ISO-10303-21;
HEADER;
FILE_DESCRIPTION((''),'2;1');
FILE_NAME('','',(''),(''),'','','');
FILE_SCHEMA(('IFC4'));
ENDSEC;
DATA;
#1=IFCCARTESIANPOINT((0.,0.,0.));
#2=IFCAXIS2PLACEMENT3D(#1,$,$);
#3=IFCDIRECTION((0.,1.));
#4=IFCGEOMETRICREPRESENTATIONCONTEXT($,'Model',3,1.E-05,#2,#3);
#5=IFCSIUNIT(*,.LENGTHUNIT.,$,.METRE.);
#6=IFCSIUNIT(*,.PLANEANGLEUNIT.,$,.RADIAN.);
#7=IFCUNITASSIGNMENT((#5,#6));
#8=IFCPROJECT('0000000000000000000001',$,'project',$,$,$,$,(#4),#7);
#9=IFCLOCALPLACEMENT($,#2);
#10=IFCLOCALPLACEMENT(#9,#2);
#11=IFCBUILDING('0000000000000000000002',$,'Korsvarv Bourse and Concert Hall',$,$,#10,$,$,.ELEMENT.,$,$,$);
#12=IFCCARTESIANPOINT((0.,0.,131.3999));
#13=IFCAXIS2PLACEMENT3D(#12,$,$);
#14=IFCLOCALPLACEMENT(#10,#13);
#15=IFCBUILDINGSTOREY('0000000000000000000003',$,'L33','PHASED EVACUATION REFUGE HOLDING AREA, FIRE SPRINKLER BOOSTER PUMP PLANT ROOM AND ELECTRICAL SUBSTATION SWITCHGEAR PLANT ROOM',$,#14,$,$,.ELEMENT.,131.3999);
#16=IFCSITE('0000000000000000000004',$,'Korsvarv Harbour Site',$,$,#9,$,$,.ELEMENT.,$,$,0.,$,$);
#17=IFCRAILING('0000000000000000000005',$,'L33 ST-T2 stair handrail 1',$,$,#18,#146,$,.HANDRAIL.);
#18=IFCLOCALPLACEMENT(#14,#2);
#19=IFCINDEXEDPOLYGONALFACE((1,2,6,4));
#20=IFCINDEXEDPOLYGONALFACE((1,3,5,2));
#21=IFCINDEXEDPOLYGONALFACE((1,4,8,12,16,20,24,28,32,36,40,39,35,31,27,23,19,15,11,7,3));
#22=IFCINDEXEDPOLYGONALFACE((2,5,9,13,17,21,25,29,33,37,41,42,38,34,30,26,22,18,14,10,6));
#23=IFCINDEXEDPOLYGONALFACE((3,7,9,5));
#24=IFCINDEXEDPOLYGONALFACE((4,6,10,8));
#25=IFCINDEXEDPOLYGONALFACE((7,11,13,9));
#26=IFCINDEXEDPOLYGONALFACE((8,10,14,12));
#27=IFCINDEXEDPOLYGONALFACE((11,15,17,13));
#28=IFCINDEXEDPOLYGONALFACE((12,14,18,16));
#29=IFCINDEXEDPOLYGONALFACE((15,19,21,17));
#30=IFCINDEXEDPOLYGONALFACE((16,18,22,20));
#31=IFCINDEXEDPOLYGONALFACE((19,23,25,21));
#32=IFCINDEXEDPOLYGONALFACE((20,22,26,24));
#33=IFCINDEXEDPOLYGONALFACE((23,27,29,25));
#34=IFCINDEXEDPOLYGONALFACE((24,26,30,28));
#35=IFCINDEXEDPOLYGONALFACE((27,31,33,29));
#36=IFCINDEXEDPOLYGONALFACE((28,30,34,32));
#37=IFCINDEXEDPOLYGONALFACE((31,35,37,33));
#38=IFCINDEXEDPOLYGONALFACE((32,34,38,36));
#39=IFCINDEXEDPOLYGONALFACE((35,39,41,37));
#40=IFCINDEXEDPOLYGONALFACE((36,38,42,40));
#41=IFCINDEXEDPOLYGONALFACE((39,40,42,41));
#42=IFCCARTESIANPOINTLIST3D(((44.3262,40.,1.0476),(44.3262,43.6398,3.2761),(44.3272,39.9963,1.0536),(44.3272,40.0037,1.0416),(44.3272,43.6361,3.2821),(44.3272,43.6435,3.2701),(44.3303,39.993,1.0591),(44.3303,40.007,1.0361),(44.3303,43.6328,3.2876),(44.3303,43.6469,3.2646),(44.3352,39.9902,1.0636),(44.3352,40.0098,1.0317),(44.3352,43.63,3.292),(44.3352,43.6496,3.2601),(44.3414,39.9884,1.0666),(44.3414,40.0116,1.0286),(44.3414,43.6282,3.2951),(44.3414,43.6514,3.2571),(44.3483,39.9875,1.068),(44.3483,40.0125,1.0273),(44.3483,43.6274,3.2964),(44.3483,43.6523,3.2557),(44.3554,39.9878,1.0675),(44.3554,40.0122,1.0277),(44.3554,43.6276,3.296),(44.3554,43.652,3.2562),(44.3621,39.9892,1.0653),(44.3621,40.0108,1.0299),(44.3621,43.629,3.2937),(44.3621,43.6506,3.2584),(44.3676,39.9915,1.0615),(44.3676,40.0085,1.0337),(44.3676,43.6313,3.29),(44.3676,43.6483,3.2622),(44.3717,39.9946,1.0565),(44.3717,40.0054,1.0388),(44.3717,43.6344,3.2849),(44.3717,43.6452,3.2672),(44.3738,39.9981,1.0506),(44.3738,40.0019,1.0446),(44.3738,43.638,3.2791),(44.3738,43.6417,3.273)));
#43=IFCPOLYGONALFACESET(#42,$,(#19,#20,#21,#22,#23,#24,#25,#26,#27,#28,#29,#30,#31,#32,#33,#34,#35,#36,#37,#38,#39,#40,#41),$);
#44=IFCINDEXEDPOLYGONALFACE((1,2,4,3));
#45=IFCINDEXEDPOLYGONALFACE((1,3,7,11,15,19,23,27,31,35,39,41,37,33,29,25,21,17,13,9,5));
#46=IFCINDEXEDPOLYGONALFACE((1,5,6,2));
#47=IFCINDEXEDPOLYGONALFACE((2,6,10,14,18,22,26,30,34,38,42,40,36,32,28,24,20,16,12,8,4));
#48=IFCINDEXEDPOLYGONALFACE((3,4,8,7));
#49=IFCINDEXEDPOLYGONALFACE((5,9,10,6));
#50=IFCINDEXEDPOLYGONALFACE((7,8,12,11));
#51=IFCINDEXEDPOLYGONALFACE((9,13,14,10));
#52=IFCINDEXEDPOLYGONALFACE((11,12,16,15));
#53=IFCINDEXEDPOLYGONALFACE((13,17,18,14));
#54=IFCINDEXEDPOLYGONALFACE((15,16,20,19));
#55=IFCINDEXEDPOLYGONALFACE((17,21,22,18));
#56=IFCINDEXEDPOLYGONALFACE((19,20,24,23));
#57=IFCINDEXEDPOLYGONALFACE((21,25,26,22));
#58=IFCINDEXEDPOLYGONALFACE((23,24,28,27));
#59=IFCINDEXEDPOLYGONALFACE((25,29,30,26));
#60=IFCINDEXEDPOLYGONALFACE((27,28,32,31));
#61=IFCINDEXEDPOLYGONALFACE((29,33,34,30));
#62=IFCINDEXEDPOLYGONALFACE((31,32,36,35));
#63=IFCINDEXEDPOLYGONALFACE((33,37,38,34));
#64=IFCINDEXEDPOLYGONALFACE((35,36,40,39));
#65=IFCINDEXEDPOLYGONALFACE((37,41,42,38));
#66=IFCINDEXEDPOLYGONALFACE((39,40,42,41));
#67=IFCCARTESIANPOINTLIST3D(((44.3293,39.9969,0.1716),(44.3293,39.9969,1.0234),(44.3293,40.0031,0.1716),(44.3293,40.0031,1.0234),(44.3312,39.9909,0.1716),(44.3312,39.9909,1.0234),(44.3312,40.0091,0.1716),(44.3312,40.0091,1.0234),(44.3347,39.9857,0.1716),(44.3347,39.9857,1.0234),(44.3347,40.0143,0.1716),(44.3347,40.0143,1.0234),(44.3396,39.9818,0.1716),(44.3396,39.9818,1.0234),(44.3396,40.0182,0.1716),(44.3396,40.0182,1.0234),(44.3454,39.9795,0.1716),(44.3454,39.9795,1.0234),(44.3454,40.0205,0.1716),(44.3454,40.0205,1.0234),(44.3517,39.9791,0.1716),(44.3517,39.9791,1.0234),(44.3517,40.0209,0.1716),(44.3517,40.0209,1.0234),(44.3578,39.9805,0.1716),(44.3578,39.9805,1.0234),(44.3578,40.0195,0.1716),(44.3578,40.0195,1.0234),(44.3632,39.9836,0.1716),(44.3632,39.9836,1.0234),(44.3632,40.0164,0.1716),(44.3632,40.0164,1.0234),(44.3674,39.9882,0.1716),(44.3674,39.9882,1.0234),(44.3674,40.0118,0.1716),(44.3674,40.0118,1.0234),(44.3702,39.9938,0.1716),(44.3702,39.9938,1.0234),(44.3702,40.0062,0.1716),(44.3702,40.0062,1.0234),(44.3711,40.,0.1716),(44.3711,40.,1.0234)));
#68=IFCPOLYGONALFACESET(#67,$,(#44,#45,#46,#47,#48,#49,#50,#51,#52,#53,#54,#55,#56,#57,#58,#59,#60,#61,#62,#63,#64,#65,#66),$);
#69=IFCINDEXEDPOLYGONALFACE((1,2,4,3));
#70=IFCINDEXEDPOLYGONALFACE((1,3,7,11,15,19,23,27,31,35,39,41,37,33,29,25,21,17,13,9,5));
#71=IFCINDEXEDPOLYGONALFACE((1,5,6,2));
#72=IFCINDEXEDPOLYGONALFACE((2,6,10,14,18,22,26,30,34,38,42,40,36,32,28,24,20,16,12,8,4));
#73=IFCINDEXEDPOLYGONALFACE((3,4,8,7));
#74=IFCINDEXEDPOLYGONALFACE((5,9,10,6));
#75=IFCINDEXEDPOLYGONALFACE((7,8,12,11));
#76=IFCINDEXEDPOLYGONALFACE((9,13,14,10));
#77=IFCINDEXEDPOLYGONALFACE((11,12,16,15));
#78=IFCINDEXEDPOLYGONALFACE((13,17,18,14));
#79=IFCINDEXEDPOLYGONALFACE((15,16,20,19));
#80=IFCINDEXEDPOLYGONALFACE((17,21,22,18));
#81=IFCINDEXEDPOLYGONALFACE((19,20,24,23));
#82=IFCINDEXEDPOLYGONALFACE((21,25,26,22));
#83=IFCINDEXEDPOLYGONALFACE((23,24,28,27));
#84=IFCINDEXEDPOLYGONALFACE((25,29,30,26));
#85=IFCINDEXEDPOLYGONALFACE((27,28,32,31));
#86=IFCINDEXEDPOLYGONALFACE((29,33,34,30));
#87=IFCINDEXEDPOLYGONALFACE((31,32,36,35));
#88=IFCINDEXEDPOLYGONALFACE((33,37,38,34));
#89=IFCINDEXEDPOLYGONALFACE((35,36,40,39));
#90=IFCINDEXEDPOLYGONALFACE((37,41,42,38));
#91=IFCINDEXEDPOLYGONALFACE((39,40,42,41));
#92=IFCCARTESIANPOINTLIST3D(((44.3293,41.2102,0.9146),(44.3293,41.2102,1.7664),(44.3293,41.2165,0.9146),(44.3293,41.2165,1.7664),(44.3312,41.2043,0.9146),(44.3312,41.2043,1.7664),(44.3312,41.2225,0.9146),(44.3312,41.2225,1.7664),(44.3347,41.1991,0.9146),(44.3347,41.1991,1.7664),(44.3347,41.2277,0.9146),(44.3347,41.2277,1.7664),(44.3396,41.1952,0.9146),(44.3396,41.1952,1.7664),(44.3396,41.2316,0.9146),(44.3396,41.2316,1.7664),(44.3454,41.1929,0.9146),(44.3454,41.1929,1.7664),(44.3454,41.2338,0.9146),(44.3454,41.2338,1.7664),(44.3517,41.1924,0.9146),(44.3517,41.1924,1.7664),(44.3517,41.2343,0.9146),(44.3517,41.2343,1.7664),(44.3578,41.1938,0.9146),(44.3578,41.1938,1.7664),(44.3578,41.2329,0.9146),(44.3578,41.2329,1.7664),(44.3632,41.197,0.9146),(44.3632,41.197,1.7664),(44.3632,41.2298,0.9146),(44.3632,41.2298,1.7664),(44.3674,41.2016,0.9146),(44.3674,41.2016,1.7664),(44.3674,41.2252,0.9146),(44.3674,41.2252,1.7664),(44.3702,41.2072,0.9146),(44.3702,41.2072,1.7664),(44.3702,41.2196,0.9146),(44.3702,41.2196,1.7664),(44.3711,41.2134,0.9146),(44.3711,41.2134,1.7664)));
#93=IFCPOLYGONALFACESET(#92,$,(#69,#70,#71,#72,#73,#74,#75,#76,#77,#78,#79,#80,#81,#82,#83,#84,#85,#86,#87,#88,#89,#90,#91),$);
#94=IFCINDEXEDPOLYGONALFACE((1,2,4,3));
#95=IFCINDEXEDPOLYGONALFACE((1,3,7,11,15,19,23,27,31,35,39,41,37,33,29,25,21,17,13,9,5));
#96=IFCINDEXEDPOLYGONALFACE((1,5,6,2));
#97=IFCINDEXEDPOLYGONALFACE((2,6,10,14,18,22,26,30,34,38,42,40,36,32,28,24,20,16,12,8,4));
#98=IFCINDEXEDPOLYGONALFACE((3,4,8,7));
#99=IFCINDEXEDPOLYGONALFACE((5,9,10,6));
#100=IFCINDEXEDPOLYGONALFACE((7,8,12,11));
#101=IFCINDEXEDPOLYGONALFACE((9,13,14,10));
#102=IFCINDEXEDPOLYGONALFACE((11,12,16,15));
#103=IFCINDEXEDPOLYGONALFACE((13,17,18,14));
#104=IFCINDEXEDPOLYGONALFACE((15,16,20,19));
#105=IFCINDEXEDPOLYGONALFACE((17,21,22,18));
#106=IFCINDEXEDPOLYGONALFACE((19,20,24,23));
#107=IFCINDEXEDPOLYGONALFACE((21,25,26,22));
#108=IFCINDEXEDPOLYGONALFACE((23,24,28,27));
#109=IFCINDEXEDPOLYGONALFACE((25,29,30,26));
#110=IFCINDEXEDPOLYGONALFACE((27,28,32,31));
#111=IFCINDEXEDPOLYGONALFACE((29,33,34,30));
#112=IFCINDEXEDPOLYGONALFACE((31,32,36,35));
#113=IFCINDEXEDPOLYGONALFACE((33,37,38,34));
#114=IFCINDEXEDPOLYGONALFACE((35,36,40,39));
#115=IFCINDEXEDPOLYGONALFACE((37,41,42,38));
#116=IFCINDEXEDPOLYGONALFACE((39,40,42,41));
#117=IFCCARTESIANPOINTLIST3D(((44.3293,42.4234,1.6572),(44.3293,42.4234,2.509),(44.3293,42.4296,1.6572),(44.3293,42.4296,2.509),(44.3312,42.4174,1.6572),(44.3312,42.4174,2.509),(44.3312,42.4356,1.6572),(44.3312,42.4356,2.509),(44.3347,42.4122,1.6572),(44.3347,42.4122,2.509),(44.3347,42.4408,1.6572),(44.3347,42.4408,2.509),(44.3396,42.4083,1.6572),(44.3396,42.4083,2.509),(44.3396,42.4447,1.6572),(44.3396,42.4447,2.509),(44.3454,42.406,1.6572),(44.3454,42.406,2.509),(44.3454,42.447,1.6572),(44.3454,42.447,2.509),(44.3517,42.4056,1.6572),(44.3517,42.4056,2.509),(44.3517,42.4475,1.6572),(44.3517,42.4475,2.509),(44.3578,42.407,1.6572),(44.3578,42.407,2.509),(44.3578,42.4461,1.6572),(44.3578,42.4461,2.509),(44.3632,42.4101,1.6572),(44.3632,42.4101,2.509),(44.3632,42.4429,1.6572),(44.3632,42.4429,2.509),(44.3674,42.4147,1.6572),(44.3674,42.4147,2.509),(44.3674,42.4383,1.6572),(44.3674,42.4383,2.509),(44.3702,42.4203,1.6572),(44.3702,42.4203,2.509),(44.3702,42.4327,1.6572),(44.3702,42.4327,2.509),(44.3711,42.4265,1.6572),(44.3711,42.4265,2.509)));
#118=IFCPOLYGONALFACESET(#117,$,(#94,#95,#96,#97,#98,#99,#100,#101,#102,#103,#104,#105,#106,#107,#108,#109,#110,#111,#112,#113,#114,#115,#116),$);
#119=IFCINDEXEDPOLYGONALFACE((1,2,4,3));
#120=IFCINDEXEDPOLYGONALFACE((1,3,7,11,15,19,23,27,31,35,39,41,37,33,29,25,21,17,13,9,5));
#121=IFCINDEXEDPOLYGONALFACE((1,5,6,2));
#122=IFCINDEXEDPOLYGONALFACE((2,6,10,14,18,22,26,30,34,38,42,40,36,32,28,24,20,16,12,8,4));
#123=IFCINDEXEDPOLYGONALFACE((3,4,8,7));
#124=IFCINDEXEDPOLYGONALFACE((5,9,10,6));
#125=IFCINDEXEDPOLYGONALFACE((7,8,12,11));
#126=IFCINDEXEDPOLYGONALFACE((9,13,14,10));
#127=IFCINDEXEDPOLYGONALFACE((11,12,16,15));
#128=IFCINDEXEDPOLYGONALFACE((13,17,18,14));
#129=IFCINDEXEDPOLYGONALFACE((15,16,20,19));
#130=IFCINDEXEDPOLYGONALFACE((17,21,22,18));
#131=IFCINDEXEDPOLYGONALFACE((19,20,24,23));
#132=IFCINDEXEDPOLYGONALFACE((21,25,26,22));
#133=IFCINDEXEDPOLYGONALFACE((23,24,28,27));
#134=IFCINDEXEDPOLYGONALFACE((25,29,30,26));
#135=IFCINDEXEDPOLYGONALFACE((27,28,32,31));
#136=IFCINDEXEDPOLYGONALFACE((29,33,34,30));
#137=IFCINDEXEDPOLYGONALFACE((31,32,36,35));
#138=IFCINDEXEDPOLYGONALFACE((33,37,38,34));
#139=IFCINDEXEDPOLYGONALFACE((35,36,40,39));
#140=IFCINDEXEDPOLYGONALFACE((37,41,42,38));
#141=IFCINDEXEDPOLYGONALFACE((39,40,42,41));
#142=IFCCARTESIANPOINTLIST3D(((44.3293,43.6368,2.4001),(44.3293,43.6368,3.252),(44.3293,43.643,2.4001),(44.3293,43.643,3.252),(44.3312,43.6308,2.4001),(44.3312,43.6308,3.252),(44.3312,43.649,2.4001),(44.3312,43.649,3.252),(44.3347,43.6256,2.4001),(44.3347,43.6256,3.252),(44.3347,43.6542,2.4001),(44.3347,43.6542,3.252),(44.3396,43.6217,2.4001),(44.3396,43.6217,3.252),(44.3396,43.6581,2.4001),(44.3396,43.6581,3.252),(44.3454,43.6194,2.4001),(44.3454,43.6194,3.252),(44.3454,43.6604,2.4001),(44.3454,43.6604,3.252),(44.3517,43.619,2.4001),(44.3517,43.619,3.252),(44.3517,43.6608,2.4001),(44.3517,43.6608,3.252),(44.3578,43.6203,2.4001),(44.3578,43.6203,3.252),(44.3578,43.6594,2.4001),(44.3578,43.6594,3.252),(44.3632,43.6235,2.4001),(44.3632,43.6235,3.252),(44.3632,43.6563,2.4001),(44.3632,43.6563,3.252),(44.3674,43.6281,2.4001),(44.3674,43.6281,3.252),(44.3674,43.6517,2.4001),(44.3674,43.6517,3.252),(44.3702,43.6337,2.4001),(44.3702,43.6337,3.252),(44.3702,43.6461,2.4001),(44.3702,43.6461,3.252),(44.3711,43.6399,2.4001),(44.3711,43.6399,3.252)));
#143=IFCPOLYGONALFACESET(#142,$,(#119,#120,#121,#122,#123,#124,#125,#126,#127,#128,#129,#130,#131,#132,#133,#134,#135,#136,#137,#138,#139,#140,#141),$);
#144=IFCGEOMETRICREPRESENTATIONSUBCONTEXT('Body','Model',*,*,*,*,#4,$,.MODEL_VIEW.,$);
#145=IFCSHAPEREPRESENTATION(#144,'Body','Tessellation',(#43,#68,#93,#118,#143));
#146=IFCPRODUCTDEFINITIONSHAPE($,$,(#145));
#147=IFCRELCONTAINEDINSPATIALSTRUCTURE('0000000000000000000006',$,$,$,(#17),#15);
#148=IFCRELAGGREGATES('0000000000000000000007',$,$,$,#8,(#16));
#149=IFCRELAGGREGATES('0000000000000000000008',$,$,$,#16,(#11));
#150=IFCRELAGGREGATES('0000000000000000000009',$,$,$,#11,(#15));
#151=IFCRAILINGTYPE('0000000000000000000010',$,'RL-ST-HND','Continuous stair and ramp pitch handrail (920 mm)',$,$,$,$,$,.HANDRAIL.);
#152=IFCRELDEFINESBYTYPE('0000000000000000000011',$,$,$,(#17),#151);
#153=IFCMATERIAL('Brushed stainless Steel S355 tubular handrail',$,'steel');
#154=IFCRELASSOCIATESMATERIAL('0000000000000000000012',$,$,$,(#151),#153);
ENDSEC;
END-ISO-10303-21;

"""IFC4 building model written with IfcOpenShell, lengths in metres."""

from ifc_helpers import new_model, si_unit, direction, frame, origin, origin_2d, place, context, subcontext, project, spatial, circle, extrude, material, type_object, element, save


model = new_model("IFC4")

# Units and contexts
model_context = context("Model", 3, precision=1e-05, world=origin(), true_north=direction((0.0, 1.0)))
body_context = subcontext(model_context, "Body", "Model", "MODEL_VIEW")
ifc_project = project(units=[si_unit("LENGTHUNIT", "METRE"), si_unit("PLANEANGLEUNIT", "RADIAN")], contexts=[model_context])

# Site, building, storey
site_placement = place(None, origin())
site = spatial("IfcSite", under=ifc_project, at=site_placement, Name="Korsvarv Harbour Site", CompositionType="ELEMENT", RefElevation=0.0)
building_placement = place(site_placement, origin())
building = spatial("IfcBuilding", under=site, at=building_placement, Name="Korsvarv Bourse and Concert Hall", CompositionType="ELEMENT")
storey_placement = place(building_placement, frame((0.0, 0.0, 131.3999)))
storey = spatial("IfcBuildingStorey", under=building, at=storey_placement, Name="L33", Description="PHASED EVACUATION REFUGE HOLDING AREA, FIRE SPRINKLER BOOSTER PUMP PLANT ROOM AND ELECTRICAL SUBSTATION SWITCHGEAR PLANT ROOM", CompositionType="ELEMENT", Elevation=131.3999)

# Railing
ifc_material_1 = material(Name="Brushed stainless Steel S355 tubular handrail", Category="steel")
railing_type_1 = type_object("IfcRailingType", Name="RL-ST-HND", Description="Continuous stair and ramp pitch handrail (920 mm)", PredefinedType="HANDRAIL", material=ifc_material_1)
railing_1_placement = place(storey_placement, frame((44.3501, 40.0, 0.1716)))
element("IfcRailing", 1, at=railing_1_placement, inside=storey, type_object=railing_type_1, Name="L33 ST-T2 stair handrail 1", PredefinedType="HANDRAIL", context=body_context, shape_type="SweptSolid", body=[
    extrude(circle(Radius=0.0239, at=origin_2d()), frame((0.0, 0.0, 0.876), z_axis=(0.0, 0.85285, 0.522156), x_axis=(-1.0, 0.0, 0.0)), (0.0, 0.0, 1.0), 4.2678),
    extrude(circle(Radius=0.021, at=origin_2d()), origin(), (0.0, 0.0, 1.0), 0.8518),
    extrude(circle(Radius=0.021, at=origin_2d()), frame((0.0, 1.2134, 0.7429)), (0.0, 0.0, 1.0), 0.8518),
    extrude(circle(Radius=0.021, at=origin_2d()), frame((0.0, 2.4265, 1.4856)), (0.0, 0.0, 1.0), 0.8518),
    extrude(circle(Radius=0.021, at=origin_2d()), frame((0.0, 3.6399, 2.2285)), (0.0, 0.0, 1.0), 0.8518),
])

save(model, "model.ifc")
